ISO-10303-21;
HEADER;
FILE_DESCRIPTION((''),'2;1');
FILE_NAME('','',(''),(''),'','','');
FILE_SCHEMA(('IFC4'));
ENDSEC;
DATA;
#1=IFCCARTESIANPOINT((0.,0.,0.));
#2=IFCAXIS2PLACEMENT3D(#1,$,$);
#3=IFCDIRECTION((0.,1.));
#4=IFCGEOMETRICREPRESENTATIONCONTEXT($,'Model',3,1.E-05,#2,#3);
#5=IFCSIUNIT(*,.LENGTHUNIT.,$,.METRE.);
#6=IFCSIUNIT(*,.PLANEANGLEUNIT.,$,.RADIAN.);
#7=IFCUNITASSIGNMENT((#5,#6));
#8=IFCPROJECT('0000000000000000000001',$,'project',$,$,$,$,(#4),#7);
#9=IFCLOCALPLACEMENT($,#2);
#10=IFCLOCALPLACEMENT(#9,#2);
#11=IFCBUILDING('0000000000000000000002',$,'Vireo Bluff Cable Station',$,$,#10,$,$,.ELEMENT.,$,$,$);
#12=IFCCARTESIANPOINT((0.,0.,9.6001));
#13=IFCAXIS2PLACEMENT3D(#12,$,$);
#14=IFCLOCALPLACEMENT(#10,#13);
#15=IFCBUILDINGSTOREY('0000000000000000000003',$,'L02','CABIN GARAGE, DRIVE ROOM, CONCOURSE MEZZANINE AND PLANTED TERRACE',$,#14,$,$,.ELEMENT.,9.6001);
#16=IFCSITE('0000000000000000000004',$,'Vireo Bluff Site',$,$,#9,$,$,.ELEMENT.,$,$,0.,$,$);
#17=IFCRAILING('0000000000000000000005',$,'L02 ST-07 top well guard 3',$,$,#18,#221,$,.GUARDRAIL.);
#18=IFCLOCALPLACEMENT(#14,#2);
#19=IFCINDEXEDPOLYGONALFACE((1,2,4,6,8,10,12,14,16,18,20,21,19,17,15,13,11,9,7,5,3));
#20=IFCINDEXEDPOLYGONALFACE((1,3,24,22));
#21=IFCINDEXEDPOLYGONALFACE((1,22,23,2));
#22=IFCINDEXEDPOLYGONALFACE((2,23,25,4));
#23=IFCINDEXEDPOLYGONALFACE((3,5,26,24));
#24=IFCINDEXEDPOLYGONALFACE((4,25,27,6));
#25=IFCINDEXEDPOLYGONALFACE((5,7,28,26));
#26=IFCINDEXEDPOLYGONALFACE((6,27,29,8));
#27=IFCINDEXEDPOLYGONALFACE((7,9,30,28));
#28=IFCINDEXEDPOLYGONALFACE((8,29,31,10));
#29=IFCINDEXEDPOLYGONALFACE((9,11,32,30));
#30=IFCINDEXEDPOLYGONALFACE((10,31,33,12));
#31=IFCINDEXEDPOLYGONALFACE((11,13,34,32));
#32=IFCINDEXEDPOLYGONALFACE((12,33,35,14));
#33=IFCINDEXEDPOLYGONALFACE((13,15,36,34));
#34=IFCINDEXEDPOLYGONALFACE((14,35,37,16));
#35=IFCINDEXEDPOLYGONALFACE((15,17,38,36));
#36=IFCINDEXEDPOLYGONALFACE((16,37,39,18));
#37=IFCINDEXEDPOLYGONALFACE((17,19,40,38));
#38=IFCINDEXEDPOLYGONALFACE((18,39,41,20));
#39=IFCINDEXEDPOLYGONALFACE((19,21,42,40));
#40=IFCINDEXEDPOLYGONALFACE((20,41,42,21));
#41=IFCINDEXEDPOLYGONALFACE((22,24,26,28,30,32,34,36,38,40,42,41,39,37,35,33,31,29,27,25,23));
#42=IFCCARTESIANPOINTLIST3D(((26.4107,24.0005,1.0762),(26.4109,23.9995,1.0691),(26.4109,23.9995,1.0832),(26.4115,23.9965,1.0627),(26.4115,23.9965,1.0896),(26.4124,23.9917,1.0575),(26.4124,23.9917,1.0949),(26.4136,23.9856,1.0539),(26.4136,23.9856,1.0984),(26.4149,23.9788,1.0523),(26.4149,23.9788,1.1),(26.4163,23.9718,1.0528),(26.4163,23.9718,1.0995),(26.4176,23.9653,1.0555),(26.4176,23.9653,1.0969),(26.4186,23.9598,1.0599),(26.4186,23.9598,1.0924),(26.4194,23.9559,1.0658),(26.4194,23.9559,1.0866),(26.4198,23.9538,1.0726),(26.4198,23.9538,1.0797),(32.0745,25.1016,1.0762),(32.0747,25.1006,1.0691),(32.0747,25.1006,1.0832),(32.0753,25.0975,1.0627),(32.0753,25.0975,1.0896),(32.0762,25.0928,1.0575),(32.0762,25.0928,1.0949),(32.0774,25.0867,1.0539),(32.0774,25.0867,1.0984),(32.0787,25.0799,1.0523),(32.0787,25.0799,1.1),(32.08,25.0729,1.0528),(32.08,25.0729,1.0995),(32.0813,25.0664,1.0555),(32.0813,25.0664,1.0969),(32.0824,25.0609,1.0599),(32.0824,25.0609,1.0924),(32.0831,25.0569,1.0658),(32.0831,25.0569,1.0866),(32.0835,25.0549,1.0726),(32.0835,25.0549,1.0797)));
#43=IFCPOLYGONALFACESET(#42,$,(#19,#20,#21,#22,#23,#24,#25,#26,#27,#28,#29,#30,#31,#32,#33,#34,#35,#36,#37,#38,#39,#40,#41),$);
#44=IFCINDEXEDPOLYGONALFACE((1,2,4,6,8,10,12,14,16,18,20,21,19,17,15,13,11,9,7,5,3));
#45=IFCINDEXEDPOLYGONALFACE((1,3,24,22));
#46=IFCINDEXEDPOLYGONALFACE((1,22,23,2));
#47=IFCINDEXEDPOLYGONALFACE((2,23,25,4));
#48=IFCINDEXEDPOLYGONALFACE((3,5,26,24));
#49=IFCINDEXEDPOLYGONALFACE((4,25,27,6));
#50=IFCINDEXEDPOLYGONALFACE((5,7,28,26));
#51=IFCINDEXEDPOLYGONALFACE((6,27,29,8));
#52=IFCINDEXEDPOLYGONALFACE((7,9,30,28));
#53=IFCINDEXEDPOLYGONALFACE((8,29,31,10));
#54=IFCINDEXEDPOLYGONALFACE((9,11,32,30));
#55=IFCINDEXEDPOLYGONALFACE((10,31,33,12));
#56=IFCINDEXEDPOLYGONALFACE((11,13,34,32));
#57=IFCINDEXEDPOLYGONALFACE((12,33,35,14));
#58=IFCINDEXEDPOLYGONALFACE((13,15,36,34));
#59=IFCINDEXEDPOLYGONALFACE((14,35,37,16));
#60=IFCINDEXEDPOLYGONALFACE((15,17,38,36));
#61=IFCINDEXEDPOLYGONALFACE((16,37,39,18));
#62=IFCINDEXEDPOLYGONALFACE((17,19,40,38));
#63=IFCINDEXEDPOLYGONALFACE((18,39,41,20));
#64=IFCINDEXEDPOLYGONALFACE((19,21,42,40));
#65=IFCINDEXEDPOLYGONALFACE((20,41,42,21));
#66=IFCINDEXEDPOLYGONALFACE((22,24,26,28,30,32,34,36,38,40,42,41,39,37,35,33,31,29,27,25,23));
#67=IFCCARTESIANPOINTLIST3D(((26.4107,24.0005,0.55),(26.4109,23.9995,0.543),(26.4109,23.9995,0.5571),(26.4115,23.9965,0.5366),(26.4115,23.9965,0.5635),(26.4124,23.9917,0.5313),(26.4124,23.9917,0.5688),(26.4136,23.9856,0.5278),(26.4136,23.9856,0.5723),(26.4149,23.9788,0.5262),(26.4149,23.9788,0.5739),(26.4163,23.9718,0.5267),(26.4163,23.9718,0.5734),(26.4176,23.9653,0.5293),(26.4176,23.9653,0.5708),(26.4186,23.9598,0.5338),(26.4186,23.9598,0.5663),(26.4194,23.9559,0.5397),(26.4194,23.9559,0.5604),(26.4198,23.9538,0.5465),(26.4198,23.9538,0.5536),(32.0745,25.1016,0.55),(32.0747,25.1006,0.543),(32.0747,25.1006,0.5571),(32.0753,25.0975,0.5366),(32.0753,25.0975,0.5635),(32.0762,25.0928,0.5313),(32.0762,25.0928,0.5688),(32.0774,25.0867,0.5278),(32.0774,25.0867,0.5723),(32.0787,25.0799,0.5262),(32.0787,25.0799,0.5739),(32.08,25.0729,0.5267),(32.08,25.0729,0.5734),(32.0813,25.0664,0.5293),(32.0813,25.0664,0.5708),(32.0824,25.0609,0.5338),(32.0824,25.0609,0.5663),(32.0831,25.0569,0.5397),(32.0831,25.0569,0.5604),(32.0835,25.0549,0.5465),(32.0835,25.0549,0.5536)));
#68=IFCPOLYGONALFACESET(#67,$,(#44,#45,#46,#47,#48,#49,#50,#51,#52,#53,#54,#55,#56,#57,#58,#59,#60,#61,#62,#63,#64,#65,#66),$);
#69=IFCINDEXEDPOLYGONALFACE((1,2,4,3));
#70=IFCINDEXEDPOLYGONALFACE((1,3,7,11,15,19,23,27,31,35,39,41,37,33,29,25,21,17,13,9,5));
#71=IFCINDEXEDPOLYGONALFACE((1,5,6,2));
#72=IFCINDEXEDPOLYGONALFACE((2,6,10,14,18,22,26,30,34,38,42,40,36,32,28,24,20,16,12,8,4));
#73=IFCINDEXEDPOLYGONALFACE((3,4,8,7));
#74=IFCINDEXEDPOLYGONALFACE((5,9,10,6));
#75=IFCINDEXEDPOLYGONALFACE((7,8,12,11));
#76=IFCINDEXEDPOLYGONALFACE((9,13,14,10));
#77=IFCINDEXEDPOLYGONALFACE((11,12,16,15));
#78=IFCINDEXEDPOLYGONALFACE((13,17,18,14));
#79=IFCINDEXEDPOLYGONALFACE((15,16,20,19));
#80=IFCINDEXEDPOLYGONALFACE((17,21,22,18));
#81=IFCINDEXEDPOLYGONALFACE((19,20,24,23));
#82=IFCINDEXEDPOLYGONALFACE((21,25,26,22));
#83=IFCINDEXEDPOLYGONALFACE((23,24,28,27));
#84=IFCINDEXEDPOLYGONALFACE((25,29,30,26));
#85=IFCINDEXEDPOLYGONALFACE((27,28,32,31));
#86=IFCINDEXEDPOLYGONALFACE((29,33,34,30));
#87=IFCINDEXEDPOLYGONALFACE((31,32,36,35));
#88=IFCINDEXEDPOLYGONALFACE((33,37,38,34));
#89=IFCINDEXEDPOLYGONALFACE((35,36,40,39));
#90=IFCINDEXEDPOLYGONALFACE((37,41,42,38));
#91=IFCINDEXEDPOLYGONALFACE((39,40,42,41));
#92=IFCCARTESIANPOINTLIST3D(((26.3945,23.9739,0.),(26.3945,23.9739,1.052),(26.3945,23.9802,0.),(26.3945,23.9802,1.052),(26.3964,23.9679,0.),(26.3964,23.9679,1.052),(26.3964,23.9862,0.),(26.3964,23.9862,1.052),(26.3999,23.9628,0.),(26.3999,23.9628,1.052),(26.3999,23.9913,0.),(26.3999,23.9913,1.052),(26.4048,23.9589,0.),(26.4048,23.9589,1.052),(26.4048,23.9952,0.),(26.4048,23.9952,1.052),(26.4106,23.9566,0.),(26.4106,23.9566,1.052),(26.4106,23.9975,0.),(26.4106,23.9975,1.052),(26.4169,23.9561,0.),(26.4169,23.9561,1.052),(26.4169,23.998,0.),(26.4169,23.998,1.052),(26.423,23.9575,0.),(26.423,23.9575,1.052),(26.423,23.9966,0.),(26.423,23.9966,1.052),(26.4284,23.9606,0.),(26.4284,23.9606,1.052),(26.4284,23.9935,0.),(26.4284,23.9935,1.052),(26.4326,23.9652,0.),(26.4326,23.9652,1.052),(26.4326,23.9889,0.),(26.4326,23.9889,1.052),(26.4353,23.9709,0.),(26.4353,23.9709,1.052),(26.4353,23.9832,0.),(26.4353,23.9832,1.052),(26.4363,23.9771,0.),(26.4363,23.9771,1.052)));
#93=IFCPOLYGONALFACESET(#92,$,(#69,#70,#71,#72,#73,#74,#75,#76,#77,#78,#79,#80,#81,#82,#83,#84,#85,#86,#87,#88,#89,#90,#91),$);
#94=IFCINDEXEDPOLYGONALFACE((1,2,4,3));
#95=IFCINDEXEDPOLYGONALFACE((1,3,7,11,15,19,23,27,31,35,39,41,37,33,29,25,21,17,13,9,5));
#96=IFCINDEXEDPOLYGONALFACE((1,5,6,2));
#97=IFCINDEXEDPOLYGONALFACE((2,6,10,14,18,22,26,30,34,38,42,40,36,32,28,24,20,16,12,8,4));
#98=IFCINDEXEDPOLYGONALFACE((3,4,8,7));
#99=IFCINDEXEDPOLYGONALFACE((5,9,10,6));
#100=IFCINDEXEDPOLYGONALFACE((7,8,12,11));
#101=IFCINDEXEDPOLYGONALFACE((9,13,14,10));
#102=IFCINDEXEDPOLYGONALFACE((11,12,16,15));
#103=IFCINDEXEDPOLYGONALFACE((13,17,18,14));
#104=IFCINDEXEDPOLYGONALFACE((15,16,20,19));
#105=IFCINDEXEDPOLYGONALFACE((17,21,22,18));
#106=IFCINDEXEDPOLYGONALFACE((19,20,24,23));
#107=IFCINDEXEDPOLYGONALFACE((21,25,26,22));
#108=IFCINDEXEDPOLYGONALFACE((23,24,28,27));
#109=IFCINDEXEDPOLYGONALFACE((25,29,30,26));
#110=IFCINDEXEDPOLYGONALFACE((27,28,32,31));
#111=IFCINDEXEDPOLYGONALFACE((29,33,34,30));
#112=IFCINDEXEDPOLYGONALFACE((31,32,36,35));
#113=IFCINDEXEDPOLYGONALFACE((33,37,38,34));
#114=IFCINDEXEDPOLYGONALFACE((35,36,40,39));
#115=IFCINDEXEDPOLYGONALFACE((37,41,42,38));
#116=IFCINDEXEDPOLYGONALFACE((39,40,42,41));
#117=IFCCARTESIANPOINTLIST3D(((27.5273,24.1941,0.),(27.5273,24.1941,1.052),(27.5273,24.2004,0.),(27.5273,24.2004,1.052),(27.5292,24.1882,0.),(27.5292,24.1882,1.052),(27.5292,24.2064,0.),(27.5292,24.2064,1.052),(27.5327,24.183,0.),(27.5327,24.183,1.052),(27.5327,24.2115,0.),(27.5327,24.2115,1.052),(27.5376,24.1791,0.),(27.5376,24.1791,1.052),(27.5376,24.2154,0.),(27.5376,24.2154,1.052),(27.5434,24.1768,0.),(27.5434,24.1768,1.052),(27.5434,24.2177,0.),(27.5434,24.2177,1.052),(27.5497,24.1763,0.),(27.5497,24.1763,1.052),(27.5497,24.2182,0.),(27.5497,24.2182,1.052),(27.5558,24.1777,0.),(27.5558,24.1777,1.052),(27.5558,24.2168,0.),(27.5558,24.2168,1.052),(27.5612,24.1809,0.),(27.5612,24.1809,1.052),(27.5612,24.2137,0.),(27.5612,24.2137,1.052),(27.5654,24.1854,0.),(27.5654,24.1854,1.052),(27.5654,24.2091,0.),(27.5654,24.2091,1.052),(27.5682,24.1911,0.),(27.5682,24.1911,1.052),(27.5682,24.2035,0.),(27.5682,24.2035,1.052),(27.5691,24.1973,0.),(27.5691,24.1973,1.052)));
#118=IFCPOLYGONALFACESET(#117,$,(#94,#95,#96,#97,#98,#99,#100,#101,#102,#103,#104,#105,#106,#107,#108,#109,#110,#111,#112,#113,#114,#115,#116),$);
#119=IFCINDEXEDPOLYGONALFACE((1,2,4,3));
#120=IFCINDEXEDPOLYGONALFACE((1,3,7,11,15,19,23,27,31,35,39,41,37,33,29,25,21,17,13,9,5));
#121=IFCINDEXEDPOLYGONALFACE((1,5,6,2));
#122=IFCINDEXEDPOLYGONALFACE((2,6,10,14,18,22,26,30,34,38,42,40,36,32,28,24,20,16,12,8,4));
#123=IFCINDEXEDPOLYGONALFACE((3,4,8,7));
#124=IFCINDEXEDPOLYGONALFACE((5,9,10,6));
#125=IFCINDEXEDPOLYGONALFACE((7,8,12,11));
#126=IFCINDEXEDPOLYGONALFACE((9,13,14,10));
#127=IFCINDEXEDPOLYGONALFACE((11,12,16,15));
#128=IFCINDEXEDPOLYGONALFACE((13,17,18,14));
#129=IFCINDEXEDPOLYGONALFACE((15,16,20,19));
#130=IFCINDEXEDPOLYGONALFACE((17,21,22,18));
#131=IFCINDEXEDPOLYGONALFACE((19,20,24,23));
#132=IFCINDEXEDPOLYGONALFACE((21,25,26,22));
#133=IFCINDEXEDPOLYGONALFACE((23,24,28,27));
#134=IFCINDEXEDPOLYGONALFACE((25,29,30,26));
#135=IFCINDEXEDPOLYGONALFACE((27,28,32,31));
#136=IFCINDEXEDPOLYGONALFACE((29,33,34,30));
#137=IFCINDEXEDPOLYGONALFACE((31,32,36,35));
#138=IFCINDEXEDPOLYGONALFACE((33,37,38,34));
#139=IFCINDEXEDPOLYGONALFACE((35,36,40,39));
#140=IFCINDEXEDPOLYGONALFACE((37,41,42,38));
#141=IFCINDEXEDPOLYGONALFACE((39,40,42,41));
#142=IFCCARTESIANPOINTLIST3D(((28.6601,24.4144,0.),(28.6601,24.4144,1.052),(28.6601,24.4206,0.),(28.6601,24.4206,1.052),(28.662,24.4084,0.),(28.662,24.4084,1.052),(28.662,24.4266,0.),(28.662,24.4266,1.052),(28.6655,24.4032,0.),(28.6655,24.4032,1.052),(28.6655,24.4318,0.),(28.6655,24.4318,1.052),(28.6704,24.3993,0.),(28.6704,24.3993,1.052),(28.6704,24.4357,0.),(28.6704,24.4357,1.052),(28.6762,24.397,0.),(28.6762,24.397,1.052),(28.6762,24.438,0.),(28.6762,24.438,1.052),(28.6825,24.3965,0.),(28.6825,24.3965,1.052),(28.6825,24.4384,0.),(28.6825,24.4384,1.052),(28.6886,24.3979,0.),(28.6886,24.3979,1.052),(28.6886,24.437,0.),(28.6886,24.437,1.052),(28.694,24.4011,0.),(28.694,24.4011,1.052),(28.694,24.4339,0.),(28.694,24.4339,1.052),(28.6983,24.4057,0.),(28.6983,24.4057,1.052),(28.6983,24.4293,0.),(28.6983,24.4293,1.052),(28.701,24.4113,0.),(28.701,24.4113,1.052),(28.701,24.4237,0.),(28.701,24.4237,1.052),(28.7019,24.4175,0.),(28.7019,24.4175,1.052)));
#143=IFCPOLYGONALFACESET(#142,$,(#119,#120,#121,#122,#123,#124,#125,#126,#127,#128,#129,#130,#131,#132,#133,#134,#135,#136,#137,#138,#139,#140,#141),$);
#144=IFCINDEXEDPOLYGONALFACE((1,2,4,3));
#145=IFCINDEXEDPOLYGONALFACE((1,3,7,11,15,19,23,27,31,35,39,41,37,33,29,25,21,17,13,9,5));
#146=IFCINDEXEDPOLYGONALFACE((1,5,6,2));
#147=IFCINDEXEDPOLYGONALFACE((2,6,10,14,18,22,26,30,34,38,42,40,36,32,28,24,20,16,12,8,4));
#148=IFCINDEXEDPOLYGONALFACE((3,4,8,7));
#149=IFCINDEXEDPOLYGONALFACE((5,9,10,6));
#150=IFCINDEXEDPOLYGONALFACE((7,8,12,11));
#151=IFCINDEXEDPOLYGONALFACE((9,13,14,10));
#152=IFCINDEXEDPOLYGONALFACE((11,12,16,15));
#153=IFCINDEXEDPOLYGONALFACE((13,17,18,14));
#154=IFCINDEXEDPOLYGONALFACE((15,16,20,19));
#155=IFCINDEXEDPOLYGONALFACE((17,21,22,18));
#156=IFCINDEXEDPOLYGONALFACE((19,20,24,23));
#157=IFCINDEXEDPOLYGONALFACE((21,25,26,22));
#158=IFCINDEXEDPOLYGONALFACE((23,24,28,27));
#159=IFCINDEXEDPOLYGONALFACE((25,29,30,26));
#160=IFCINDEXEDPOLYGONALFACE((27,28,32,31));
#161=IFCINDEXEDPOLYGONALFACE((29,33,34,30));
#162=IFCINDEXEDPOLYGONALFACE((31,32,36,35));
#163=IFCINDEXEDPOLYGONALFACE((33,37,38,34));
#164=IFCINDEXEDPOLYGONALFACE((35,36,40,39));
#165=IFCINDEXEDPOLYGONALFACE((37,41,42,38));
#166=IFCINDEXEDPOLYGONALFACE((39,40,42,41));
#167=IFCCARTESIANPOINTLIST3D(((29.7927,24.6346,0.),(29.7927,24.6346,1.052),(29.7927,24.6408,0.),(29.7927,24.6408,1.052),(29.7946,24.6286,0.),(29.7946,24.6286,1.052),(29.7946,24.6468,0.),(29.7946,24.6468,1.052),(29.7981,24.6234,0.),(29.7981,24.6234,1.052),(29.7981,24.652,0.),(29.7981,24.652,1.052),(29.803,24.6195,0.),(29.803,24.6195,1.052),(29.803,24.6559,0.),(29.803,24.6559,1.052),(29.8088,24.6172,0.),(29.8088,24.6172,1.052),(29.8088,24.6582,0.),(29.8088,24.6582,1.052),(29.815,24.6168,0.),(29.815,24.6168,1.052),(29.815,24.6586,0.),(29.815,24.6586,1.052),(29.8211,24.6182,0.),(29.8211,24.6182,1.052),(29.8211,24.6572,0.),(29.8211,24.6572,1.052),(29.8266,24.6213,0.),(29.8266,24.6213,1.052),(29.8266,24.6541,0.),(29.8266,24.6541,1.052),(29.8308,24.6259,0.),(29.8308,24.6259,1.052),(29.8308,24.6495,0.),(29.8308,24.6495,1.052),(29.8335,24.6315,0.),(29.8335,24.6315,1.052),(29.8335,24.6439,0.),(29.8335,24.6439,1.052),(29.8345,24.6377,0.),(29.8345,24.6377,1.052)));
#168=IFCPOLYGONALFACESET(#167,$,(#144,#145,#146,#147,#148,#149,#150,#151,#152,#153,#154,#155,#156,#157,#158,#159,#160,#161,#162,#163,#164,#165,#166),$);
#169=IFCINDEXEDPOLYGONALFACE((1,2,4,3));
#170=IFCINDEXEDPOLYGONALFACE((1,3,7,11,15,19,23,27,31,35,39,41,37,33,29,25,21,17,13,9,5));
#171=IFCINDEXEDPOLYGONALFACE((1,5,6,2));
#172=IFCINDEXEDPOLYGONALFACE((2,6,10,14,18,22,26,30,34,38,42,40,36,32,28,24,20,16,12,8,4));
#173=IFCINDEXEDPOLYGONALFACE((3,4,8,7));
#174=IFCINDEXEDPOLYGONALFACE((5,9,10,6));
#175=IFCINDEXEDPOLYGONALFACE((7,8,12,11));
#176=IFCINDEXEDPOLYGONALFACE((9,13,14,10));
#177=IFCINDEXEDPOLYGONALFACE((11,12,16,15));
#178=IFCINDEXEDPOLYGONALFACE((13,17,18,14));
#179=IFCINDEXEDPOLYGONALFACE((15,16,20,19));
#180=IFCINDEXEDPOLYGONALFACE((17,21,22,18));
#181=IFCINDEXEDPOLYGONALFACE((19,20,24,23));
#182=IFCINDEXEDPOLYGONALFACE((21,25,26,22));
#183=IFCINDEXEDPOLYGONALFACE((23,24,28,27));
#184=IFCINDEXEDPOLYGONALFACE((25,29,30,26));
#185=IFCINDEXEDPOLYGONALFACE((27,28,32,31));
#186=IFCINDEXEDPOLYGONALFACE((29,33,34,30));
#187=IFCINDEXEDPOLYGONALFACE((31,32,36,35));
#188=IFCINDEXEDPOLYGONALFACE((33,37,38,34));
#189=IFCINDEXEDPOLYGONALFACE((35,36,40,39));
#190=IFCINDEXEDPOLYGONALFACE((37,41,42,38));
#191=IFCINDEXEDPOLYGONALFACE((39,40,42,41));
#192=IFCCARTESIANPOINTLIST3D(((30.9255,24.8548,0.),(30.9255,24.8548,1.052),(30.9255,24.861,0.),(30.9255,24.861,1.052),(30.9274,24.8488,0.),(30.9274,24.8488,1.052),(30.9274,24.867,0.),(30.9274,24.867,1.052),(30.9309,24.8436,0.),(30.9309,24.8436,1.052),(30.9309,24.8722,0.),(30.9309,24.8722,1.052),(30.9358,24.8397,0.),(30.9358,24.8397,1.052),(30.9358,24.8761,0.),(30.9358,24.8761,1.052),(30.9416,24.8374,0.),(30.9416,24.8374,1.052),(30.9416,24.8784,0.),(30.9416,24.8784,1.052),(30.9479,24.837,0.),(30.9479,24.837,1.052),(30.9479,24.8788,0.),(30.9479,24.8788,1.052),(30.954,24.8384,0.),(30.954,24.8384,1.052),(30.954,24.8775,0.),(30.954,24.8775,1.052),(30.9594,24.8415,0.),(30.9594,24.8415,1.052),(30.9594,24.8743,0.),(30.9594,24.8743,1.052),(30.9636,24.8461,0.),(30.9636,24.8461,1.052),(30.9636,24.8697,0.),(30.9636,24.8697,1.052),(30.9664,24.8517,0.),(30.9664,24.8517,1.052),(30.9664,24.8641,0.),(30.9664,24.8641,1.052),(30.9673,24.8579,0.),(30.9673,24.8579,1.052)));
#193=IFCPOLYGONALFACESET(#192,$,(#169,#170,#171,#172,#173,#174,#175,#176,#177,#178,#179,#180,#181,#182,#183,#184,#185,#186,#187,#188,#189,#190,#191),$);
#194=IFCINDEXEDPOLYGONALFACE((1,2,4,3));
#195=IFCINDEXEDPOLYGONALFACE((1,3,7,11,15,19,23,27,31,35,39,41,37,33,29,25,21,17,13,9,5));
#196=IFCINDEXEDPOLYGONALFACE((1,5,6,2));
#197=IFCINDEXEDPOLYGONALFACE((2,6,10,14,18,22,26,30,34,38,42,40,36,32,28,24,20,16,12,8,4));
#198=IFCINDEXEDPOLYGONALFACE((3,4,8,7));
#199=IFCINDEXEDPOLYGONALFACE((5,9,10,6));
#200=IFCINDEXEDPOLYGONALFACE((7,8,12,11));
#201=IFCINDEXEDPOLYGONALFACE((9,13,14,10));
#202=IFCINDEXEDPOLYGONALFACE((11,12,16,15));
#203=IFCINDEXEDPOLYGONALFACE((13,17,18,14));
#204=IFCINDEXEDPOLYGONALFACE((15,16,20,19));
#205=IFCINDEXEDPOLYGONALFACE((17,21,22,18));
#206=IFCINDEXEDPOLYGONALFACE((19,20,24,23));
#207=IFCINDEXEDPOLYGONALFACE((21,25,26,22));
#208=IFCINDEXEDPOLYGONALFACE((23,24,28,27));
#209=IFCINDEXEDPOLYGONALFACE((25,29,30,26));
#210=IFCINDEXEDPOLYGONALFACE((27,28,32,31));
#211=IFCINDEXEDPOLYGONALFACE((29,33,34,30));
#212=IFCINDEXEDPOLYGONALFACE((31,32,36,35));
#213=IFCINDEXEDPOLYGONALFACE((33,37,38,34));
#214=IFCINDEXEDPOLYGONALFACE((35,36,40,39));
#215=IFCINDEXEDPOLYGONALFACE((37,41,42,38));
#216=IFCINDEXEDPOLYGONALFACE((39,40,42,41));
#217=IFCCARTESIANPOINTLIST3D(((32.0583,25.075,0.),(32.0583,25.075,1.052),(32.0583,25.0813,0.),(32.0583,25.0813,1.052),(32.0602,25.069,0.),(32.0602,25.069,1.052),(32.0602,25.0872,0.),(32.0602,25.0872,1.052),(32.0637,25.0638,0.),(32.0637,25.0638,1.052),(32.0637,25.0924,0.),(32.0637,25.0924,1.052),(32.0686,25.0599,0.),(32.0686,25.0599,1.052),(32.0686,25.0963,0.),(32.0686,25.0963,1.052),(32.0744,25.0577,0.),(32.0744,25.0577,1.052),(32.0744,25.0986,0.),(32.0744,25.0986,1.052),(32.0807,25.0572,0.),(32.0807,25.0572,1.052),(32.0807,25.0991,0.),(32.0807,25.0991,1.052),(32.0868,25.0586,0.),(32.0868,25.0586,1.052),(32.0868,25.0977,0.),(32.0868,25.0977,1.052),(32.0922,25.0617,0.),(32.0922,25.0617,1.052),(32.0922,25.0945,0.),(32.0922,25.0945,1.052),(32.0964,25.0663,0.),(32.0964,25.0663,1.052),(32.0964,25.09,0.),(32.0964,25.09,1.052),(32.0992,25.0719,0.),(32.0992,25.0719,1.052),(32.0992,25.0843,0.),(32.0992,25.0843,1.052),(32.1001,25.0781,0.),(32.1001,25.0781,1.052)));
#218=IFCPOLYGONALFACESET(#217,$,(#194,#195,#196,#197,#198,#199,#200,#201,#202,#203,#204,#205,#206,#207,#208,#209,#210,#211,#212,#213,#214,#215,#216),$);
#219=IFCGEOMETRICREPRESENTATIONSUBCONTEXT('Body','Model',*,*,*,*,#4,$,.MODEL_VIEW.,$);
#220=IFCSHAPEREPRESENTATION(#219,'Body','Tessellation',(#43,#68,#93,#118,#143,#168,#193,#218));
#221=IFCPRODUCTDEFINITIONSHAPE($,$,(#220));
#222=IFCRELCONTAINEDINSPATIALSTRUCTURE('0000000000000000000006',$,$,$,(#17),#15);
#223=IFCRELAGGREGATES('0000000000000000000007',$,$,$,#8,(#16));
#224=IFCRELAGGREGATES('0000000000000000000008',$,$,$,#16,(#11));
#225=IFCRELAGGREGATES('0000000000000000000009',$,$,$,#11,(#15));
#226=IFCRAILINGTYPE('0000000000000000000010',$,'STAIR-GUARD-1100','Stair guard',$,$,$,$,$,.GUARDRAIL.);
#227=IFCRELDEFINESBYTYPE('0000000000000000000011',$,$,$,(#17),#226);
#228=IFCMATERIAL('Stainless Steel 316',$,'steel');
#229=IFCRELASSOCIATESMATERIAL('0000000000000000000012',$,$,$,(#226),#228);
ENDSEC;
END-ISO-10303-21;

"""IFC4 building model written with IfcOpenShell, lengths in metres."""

from ifc_helpers import new_model, si_unit, direction, frame, origin, origin_2d, place, context, subcontext, project, spatial, circle, extrude, material, type_object, element, save


model = new_model("IFC4")

# Units and contexts
model_context = context("Model", 3, precision=1e-05, world=origin(), true_north=direction((0.0, 1.0)))
body_context = subcontext(model_context, "Body", "Model", "MODEL_VIEW")
ifc_project = project(units=[si_unit("LENGTHUNIT", "METRE"), si_unit("PLANEANGLEUNIT", "RADIAN")], contexts=[model_context])

# Site, building, storey
site_placement = place(None, origin())
site = spatial("IfcSite", under=ifc_project, at=site_placement, Name="Vireo Bluff Site", CompositionType="ELEMENT", RefElevation=0.0)
building_placement = place(site_placement, origin())
building = spatial("IfcBuilding", under=site, at=building_placement, Name="Vireo Bluff Cable Station", CompositionType="ELEMENT")
storey_placement = place(building_placement, frame((0.0, 0.0, 9.6001)))
storey = spatial("IfcBuildingStorey", under=building, at=storey_placement, Name="L02", Description="CABIN GARAGE, DRIVE ROOM, CONCOURSE MEZZANINE AND PLANTED TERRACE", CompositionType="ELEMENT", Elevation=9.6001)

# Railing
ifc_material_1 = material(Name="Stainless Steel 316", Category="steel")
railing_type = type_object("IfcRailingType", Name="STAIR-GUARD-1100", Description="Stair guard", PredefinedType="GUARDRAIL", material=ifc_material_1)
railing_1_placement = place(storey_placement, frame((26.4153, 23.9771, 0.0)))
element("IfcRailing", 1, at=railing_1_placement, inside=storey, type_object=railing_type, Name="L02 ST-07 top well guard 3", PredefinedType="GUARDRAIL", context=body_context, shape_type="SweptSolid", body=[
    extrude(circle(Radius=0.0239, at=origin_2d()), frame((0.0, 0.0, 1.0762), z_axis=(0.981623, 0.190832, 0.0), x_axis=(-0.190832, 0.981623, 0.0)), (0.0, 0.0, 1.0), 5.7698),
    extrude(circle(Radius=0.0239, at=origin_2d()), frame((0.0, 0.0, 0.55), z_axis=(0.981623, 0.190832, 0.0), x_axis=(-0.190832, 0.981623, 0.0)), (0.0, 0.0, 1.0), 5.7698),
    extrude(circle(Radius=0.021, at=origin_2d()), origin(), (0.0, 0.0, 1.0), 1.052),
    extrude(circle(Radius=0.021, at=origin_2d()), frame((1.1328, 0.2202, 0.0)), (0.0, 0.0, 1.0), 1.052),
    extrude(circle(Radius=0.021, at=origin_2d()), frame((2.2656, 0.4404, 0.0)), (0.0, 0.0, 1.0), 1.052),
    extrude(circle(Radius=0.021, at=origin_2d()), frame((3.3982, 0.6606, 0.0)), (0.0, 0.0, 1.0), 1.052),
    extrude(circle(Radius=0.021, at=origin_2d()), frame((4.531, 0.8809, 0.0)), (0.0, 0.0, 1.0), 1.052),
    extrude(circle(Radius=0.021, at=origin_2d()), frame((5.6638, 1.1011, 0.0)), (0.0, 0.0, 1.0), 1.052),
])

save(model, "model.ifc")
